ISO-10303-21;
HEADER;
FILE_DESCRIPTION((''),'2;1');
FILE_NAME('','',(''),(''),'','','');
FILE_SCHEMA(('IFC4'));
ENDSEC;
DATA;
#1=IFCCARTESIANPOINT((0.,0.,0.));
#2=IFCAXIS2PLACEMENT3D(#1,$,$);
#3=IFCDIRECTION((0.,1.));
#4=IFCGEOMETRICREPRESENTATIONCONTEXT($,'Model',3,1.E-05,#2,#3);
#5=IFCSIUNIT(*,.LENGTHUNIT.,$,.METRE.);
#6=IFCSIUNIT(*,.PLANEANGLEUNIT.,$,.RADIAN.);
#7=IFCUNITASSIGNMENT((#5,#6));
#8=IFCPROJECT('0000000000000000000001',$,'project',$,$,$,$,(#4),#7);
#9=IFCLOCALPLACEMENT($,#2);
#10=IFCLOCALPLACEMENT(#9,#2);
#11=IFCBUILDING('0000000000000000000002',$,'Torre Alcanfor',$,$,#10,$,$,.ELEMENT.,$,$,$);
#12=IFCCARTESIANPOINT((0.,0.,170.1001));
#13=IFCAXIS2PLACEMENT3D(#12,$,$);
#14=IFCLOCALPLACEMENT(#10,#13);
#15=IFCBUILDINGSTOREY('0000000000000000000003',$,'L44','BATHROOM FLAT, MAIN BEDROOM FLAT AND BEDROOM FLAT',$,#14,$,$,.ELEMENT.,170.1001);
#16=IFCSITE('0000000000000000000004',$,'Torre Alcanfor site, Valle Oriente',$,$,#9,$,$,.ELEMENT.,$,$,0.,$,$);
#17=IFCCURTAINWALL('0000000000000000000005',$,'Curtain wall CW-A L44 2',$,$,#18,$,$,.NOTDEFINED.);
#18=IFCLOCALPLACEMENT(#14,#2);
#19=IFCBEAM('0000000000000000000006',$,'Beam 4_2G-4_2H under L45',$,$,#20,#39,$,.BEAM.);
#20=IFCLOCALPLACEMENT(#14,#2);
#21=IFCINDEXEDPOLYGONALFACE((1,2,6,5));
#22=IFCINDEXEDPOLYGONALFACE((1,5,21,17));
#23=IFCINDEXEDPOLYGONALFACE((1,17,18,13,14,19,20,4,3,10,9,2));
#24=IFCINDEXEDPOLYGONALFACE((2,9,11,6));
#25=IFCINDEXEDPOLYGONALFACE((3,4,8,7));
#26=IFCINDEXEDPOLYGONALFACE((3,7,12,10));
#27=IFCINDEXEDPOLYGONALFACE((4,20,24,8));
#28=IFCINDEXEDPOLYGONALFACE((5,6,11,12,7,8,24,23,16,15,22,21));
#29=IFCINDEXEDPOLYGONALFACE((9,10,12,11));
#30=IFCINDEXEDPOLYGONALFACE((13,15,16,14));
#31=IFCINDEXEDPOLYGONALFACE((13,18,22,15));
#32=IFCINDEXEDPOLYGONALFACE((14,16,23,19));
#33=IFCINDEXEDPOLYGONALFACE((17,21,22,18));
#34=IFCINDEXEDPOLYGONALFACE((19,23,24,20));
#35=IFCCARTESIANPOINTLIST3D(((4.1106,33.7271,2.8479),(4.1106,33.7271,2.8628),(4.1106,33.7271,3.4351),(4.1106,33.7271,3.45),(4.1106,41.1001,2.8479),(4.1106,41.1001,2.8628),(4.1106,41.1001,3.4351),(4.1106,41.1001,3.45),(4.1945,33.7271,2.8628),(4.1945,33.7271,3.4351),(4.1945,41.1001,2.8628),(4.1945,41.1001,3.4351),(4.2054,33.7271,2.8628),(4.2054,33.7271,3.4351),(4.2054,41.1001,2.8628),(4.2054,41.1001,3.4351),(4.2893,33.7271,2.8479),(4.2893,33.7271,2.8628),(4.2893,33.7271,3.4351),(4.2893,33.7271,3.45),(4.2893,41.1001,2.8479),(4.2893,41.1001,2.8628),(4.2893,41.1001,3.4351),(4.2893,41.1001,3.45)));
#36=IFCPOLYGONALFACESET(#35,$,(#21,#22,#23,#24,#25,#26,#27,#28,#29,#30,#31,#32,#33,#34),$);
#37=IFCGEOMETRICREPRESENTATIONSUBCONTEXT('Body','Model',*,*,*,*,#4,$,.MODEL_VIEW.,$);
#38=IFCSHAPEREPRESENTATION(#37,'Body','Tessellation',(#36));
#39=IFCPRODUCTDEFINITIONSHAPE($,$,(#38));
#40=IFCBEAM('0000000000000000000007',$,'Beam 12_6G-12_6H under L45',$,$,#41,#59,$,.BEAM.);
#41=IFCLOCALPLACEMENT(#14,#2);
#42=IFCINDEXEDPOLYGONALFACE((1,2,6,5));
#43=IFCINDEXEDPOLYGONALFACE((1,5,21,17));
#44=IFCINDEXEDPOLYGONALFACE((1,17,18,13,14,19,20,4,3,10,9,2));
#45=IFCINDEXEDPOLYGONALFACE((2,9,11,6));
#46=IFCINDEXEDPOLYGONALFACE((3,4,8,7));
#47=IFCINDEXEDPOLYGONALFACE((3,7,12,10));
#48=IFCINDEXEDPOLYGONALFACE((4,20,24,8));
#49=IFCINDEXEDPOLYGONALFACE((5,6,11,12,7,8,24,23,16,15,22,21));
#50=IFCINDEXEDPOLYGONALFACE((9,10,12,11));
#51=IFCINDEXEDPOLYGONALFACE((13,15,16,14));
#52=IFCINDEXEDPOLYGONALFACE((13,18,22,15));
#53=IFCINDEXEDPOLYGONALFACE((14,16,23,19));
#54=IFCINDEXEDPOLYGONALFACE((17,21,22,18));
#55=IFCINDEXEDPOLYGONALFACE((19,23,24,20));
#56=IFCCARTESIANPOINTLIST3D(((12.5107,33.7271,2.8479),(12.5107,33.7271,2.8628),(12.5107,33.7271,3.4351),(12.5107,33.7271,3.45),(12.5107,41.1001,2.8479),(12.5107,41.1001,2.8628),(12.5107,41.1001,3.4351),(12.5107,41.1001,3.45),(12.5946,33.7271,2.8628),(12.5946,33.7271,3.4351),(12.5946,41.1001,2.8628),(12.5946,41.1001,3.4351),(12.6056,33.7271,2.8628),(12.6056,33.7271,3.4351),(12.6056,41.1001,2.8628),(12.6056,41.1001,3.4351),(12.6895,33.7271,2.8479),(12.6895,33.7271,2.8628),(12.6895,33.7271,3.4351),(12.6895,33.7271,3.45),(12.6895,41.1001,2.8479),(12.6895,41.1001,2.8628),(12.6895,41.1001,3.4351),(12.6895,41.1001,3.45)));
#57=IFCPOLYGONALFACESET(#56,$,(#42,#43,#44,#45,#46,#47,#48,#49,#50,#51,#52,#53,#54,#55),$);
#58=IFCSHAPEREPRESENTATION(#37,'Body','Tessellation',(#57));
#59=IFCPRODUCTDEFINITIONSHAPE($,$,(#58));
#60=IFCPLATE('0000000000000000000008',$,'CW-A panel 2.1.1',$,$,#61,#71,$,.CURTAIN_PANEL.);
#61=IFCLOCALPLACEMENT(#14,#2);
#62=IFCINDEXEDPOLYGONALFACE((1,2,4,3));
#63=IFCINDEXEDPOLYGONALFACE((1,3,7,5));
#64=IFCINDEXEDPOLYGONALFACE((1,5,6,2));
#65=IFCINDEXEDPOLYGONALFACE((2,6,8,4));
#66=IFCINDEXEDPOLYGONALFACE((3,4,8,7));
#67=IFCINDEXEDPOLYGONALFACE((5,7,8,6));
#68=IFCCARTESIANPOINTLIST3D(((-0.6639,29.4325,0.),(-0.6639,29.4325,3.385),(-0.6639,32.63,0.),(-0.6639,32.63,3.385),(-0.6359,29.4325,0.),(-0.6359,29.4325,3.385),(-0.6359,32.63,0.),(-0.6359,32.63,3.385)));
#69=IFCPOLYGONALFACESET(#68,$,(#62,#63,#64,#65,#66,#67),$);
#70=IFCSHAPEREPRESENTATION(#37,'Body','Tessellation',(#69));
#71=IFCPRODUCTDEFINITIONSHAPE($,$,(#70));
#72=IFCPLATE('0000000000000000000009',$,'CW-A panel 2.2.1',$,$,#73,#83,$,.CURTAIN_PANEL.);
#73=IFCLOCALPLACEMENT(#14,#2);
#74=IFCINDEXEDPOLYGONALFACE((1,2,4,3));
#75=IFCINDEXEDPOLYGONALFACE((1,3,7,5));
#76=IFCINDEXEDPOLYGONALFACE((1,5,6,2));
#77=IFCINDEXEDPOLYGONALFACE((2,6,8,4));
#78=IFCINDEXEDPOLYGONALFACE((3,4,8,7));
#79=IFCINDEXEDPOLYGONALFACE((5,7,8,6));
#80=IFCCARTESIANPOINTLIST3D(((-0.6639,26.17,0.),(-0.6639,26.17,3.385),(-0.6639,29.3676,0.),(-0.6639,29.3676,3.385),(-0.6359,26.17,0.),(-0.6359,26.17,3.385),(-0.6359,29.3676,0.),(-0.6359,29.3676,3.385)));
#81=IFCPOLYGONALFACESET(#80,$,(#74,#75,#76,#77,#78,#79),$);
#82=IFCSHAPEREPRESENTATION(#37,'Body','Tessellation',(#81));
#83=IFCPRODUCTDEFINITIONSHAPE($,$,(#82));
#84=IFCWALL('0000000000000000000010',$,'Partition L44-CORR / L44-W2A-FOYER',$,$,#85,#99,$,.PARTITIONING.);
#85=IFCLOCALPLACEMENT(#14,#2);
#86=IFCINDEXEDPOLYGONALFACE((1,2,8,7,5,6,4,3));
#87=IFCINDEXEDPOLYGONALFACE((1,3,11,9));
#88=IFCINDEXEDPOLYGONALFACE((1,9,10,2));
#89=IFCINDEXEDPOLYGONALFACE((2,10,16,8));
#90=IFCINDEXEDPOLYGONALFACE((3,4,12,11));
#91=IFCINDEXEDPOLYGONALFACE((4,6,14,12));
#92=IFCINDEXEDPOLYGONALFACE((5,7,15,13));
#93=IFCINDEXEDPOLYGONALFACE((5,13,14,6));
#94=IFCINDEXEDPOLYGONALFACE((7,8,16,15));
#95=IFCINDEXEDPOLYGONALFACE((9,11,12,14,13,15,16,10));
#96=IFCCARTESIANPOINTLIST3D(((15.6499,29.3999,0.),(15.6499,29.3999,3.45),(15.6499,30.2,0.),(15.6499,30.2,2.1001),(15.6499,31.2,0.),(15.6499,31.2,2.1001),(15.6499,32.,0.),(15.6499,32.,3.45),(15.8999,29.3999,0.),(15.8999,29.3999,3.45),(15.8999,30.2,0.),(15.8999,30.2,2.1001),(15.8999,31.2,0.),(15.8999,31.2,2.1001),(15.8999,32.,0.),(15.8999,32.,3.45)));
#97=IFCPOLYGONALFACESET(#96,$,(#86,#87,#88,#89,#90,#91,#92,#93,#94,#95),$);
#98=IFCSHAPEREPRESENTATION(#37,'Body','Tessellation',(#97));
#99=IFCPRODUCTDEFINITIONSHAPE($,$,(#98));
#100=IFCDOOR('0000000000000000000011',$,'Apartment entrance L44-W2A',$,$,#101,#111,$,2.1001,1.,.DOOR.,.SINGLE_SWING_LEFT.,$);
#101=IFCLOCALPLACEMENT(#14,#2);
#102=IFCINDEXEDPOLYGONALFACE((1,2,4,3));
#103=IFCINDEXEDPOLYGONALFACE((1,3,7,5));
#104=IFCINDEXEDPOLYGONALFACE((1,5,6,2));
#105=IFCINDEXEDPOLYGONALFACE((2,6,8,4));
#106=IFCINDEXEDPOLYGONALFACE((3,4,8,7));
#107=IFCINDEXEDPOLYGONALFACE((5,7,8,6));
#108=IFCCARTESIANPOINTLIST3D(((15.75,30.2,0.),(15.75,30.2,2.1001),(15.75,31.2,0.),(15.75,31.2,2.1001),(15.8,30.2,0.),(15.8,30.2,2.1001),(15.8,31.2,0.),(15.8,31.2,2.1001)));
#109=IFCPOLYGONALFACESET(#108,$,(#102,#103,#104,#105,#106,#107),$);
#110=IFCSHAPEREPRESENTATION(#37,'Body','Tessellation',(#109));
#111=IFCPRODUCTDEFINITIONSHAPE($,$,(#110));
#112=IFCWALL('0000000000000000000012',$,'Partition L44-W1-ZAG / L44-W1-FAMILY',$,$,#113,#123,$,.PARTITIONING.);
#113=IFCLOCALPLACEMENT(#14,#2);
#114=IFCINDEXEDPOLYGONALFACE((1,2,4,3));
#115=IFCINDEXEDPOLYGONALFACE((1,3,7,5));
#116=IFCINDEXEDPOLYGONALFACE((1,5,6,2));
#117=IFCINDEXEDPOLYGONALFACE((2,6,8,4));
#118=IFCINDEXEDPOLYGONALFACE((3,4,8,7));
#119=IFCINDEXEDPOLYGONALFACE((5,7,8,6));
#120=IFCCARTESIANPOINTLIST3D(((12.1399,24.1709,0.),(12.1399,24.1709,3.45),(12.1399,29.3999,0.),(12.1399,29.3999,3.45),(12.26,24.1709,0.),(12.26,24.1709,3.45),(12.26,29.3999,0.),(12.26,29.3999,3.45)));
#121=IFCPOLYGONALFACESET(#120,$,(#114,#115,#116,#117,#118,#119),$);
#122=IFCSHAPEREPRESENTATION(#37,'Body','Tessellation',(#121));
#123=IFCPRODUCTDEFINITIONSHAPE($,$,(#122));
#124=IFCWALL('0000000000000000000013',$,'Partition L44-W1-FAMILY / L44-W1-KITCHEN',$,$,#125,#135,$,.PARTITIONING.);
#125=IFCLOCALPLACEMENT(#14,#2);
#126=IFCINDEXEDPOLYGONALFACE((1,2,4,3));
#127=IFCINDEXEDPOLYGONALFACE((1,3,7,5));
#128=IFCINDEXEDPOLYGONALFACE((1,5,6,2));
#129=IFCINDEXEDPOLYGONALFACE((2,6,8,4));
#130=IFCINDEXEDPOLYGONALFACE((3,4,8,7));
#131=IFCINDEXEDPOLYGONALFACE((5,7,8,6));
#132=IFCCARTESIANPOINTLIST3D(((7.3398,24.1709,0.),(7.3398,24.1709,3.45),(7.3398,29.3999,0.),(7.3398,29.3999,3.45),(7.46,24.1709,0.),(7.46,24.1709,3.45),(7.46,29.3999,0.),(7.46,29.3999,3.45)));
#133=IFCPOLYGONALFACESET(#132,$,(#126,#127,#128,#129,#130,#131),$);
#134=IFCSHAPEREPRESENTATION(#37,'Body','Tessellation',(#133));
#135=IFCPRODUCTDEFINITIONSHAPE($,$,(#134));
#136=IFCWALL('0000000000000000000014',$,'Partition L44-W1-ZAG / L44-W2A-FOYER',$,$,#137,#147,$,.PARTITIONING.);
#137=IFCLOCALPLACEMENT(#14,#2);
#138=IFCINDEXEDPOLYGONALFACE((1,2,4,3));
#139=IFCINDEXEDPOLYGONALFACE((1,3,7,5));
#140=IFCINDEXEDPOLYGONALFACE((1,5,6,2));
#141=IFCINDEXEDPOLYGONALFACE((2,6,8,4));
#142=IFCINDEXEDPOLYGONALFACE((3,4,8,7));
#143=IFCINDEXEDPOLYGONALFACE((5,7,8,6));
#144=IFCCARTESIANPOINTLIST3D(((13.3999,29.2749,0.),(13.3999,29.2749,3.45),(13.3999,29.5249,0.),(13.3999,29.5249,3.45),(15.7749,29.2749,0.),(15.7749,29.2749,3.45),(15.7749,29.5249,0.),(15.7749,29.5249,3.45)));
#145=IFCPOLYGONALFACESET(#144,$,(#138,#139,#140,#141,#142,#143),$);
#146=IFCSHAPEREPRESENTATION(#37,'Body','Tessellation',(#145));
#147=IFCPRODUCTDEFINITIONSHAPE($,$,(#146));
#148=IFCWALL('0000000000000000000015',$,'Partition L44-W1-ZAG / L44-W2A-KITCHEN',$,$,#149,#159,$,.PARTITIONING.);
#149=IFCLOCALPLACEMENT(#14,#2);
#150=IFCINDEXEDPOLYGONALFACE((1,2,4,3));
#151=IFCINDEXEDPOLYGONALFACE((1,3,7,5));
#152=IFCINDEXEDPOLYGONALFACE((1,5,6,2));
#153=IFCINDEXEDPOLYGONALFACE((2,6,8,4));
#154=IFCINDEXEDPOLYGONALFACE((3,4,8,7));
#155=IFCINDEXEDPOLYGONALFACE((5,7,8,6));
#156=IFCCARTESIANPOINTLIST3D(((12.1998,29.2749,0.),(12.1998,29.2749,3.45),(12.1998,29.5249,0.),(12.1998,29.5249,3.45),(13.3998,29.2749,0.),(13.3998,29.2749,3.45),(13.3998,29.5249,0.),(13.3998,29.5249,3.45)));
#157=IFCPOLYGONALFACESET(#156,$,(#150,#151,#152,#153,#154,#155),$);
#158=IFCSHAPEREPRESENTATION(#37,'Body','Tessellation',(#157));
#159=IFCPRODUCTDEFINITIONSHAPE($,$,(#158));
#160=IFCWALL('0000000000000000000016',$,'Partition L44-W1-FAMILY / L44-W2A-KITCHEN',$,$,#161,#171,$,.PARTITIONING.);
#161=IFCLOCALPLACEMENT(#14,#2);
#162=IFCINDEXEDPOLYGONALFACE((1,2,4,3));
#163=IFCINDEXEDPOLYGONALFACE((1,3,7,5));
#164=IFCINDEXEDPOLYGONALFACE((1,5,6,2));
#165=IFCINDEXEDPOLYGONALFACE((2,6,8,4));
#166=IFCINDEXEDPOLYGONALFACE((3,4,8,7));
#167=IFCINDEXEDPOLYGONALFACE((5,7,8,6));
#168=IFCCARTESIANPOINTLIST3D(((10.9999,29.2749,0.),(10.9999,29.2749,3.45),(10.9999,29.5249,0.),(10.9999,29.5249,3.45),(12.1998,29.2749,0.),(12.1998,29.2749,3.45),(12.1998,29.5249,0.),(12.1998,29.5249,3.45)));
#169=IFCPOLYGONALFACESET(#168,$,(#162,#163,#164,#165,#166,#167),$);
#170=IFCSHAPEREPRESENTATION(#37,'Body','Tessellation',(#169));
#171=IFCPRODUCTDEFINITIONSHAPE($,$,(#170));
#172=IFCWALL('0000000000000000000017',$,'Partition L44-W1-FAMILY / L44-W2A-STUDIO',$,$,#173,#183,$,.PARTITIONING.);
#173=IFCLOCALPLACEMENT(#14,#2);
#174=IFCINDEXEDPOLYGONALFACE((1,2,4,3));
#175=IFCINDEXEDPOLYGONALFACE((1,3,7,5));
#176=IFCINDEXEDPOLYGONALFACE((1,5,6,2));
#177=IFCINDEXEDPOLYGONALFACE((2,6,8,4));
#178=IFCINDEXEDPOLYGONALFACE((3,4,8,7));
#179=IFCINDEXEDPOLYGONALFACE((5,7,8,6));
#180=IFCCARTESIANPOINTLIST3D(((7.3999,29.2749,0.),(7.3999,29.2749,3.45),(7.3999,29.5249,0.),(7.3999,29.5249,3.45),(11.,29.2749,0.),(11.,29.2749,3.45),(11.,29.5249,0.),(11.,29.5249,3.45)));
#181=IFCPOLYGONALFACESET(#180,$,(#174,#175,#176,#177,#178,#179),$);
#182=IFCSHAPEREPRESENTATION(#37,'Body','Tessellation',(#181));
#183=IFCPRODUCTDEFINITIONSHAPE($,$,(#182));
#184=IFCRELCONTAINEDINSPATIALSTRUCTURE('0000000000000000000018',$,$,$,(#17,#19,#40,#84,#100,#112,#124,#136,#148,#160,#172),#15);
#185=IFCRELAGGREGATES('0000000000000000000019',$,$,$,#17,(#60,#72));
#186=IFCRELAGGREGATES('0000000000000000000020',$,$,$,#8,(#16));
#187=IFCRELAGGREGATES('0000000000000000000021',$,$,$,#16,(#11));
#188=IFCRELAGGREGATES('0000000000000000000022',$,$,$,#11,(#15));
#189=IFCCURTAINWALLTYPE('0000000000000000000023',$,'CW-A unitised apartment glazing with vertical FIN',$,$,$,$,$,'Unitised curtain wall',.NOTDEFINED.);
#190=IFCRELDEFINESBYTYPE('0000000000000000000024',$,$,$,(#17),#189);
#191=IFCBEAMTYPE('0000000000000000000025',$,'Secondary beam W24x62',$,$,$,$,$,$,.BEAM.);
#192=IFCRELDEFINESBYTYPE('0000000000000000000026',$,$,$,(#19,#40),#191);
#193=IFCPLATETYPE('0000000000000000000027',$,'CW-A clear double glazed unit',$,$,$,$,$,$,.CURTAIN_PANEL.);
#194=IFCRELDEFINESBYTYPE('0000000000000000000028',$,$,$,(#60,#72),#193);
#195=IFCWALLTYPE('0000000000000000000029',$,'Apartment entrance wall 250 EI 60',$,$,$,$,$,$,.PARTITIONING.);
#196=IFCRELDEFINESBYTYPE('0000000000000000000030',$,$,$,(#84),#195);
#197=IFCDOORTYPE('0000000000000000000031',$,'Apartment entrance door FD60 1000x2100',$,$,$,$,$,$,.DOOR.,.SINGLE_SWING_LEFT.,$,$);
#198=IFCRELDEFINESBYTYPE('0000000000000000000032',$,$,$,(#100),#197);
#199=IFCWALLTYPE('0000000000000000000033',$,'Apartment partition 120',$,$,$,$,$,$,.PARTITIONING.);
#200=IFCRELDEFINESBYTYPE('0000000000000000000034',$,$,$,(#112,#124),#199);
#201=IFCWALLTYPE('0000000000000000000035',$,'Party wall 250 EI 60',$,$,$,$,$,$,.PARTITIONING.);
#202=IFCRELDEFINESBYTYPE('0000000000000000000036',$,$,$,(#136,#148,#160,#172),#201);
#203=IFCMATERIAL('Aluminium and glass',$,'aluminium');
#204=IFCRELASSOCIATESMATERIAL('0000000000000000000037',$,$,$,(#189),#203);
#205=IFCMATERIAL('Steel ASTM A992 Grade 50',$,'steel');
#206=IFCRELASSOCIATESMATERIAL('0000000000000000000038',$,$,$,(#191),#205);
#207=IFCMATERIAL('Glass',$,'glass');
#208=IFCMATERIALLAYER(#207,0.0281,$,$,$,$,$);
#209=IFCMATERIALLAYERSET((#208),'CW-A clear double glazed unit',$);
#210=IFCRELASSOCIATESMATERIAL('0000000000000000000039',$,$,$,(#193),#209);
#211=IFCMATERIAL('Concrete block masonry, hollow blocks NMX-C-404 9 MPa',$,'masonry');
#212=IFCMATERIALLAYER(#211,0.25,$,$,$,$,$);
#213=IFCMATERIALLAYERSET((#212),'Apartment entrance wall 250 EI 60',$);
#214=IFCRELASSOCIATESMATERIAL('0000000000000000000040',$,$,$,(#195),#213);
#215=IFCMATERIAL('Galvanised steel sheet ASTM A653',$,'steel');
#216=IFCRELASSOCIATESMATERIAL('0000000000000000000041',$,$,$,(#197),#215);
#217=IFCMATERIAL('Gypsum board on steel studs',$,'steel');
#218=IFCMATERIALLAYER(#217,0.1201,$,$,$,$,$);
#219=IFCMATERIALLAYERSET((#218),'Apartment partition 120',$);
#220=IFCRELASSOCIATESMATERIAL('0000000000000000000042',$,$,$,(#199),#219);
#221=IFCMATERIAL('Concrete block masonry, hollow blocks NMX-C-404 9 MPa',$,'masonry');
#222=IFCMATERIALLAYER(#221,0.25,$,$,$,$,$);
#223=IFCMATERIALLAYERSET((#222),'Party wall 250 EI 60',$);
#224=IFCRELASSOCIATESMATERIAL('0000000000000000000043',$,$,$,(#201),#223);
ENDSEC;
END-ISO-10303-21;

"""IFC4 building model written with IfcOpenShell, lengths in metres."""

from ifc_helpers import new_model, si_unit, direction, frame, frame_2d, origin, origin_2d, place, context, subcontext, project, spatial, rectangle, i_section, extrude, material, layer, layer_set, material_profile, profile_set, type_object, element, fill, aggregate, save


model = new_model("IFC4")

# Units and contexts
model_context = context("Model", 3, precision=1e-05, world=origin(), true_north=direction((0.0, 1.0)))
body_context = subcontext(model_context, "Body", "Model", "MODEL_VIEW")
ifc_project = project(units=[si_unit("LENGTHUNIT", "METRE"), si_unit("PLANEANGLEUNIT", "RADIAN")], contexts=[model_context])

# Site, building, storey
site_placement = place(None, origin())
site = spatial("IfcSite", under=ifc_project, at=site_placement, Name="Torre Alcanfor site, Valle Oriente", CompositionType="ELEMENT", RefElevation=0.0)
building_placement = place(site_placement, origin())
building = spatial("IfcBuilding", under=site, at=building_placement, Name="Torre Alcanfor", CompositionType="ELEMENT")
storey_placement = place(building_placement, frame((0.0, 0.0, 170.1001)))
storey = spatial("IfcBuildingStorey", under=building, at=storey_placement, Name="L44", Description="BATHROOM FLAT, MAIN BEDROOM FLAT AND BEDROOM FLAT", CompositionType="ELEMENT", Elevation=170.1001)

# Curtain wall
ifc_material_1 = material(Name="Aluminium and glass", Category="aluminium")
curtain_wall_type = type_object("IfcCurtainWallType", Name="CW-A unitised apartment glazing with vertical FIN", ElementType="Unitised curtain wall", PredefinedType="NOTDEFINED", material=ifc_material_1)
curtain_wall_placement = place(storey_placement, origin())
curtain_wall = element("IfcCurtainWall", 1, at=curtain_wall_placement, inside=storey, type_object=curtain_wall_type, Name="Curtain wall CW-A L44 2", PredefinedType="NOTDEFINED")

# Beams
ifc_material_2 = material(Name="Steel ASTM A992 Grade 50", Category="steel")
ifc_material_profile_1 = material_profile(ifc_material_2, i_section(OverallWidth=0.1787, OverallDepth=0.6021, WebThickness=0.011, FlangeThickness=0.0149, at=origin_2d()), Name="W24x62")
ifc_profile_set_1 = profile_set([ifc_material_profile_1], Name="Steel ASTM A992 Grade 50")
beam_type_1 = type_object("IfcBeamType", Name="Secondary beam W24x62", PredefinedType="BEAM", material=ifc_profile_set_1)
for number, where, z_axis, x_axis, name in (
    (2, (4.2, 33.7271, 3.1489), (0.0, 1.0, 0.0), (-1.0, 0.0, 0.0), "Beam 4_2G-4_2H under L45"),
    (3, (12.6001, 33.7271, 3.1489), (0.0, 1.0, 0.0), (-1.0, 0.0, 0.0), "Beam 12_6G-12_6H under L45"),
):
    element("IfcBeam", number, at=place(storey_placement, frame(where, z_axis=z_axis, x_axis=x_axis)), inside=storey, type_object=beam_type_1, Name=name, PredefinedType="BEAM", context=body_context, shape_type="SweptSolid", body=[
        extrude(i_section(OverallWidth=0.1787, OverallDepth=0.6021, WebThickness=0.011, FlangeThickness=0.0149, at=origin_2d()), origin(), (0.0, 0.0, 1.0), 7.373),
    ])

# Plates
ifc_material_3 = material(Name="Glass", Category="glass")
ifc_layer_1 = layer(ifc_material_3, 0.0281)
ifc_layer_set_1 = layer_set([ifc_layer_1], Name="CW-A clear double glazed unit")
plate_type = type_object("IfcPlateType", Name="CW-A clear double glazed unit", PredefinedType="CURTAIN_PANEL", material=ifc_layer_set_1)
plate_1_placement = place(storey_placement, frame((-0.6499, 31.0312, 0.0), z_axis=(0.0, 0.0, 1.0), x_axis=(0.0, -1.0, 0.0)))
plate_1 = element("IfcPlate", 4, at=plate_1_placement, type_object=plate_type, Name="CW-A panel 2.1.1", PredefinedType="CURTAIN_PANEL", context=body_context, shape_type="SweptSolid", body=[
    extrude(rectangle(XDim=3.1975, YDim=0.0281, at=origin_2d()), origin(), (0.0, 0.0, 1.0), 3.385),
])
plate_2_placement = place(storey_placement, frame((-0.6499, 27.7688, 0.0), z_axis=(0.0, 0.0, 1.0), x_axis=(0.0, -1.0, 0.0)))
plate_2 = element("IfcPlate", 5, at=plate_2_placement, type_object=plate_type, Name="CW-A panel 2.2.1", PredefinedType="CURTAIN_PANEL", context=body_context, shape_type="SweptSolid", body=[
    extrude(rectangle(XDim=3.1975, YDim=0.0281, at=origin_2d()), origin(), (0.0, 0.0, 1.0), 3.385),
])
aggregate(curtain_wall, [plate_1, plate_2])

# Wall, opening, door
ifc_material_4 = material(Name="Concrete block masonry, hollow blocks NMX-C-404 9 MPa", Category="masonry")
ifc_layer_2 = layer(ifc_material_4, 0.25)
ifc_layer_set_2 = layer_set([ifc_layer_2], Name="Apartment entrance wall 250 EI 60")
wall_type_1 = type_object("IfcWallType", Name="Apartment entrance wall 250 EI 60", PredefinedType="PARTITIONING", material=ifc_layer_set_2)
wall_1_placement = place(storey_placement, frame((15.7749, 29.3999, 0.0), z_axis=(0.0, 0.0, 1.0), x_axis=(0.0, 1.0, 0.0)))
wall_1 = element("IfcWall", 6, at=wall_1_placement, inside=storey, type_object=wall_type_1, Name="Partition L44-CORR / L44-W2A-FOYER", PredefinedType="PARTITIONING", context=body_context, shape_type="SweptSolid", body=[
    extrude(rectangle(XDim=2.6001, YDim=0.25, at=frame_2d((1.3, 0.0))), origin(), (0.0, 0.0, 1.0), 3.45),
])
opening_1_placement = place(wall_1_placement, frame((0.8, 0.0, 0.0)))
opening_1 = element("IfcOpeningElement", 7, at=opening_1_placement, cuts=wall_1, PredefinedType="OPENING", context=body_context, shape_type="SweptSolid", body=[
    extrude(rectangle(XDim=1.0, YDim=2.1001, at=frame_2d((0.5, 1.05))), frame((0.0, 0.135, 0.0), z_axis=(0.0, -1.0, 0.0), x_axis=(1.0, 0.0, 0.0)), (0.0, 0.0, 1.0), 0.27),
])
ifc_material_5 = material(Name="Galvanised steel sheet ASTM A653", Category="steel")
door_type_1 = type_object("IfcDoorType", Name="Apartment entrance door FD60 1000x2100", OperationType="SINGLE_SWING_LEFT", PredefinedType="DOOR", material=ifc_material_5)
door_1_placement = place(opening_1_placement, origin())
door_1 = element("IfcDoor", 8, at=door_1_placement, inside=storey, type_object=door_type_1, Name="Apartment entrance L44-W2A", OperationType="SINGLE_SWING_LEFT", OverallHeight=2.1001, OverallWidth=1.0, PredefinedType="DOOR", context=body_context, shape_type="SweptSolid", body=[
    extrude(rectangle(XDim=1.0, YDim=2.1001, at=frame_2d((0.5, 1.05))), frame((0.0, 0.0249, 0.0), z_axis=(0.0, -1.0, 0.0), x_axis=(1.0, 0.0, 0.0)), (0.0, 0.0, 1.0), 0.05),
])
fill(opening_1, door_1)

# Walls
ifc_material_6 = material(Name="Gypsum board on steel studs", Category="steel")
ifc_layer_3 = layer(ifc_material_6, 0.1201)
ifc_layer_set_3 = layer_set([ifc_layer_3], Name="Apartment partition 120")
wall_type_2 = type_object("IfcWallType", Name="Apartment partition 120", PredefinedType="PARTITIONING", material=ifc_layer_set_3)
for number, where, z_axis, x_axis, name in (
    (9, (12.2, 29.3999, 0.0), (0.0, 0.0, 1.0), (0.0, -1.0, 0.0), "Partition L44-W1-ZAG / L44-W1-FAMILY"),
    (10, (7.3999, 29.3999, 0.0), (0.0, 0.0, 1.0), (0.0, -1.0, 0.0), "Partition L44-W1-FAMILY / L44-W1-KITCHEN"),
):
    element("IfcWall", number, at=place(storey_placement, frame(where, z_axis=z_axis, x_axis=x_axis)), inside=storey, type_object=wall_type_2, Name=name, PredefinedType="PARTITIONING", context=body_context, shape_type="SweptSolid", body=[
        extrude(rectangle(XDim=5.229, YDim=0.1201, at=frame_2d((2.6145, 0.0))), origin(), (0.0, 0.0, 1.0), 3.45),
    ])
ifc_material_7 = material(Name="Concrete block masonry, hollow blocks NMX-C-404 9 MPa", Category="masonry")
ifc_layer_4 = layer(ifc_material_7, 0.25)
ifc_layer_set_4 = layer_set([ifc_layer_4], Name="Party wall 250 EI 60")
wall_type_3 = type_object("IfcWallType", Name="Party wall 250 EI 60", PredefinedType="PARTITIONING", material=ifc_layer_set_4)
wall_2_placement = place(storey_placement, frame((15.7749, 29.3999, 0.0), z_axis=(0.0, 0.0, 1.0), x_axis=(-1.0, 0.0, 0.0)))
element("IfcWall", 11, at=wall_2_placement, inside=storey, type_object=wall_type_3, Name="Partition L44-W1-ZAG / L44-W2A-FOYER", PredefinedType="PARTITIONING", context=body_context, shape_type="SweptSolid", body=[
    extrude(rectangle(XDim=2.375, YDim=0.25, at=frame_2d((1.1875, 0.0))), origin(), (0.0, 0.0, 1.0), 3.45),
])
for number, where, z_axis, x_axis, name in (
    (12, (13.3999, 29.3999, 0.0), (0.0, 0.0, 1.0), (-1.0, 0.0, 0.0), "Partition L44-W1-ZAG / L44-W2A-KITCHEN"),
    (13, (12.2, 29.3999, 0.0), (0.0, 0.0, 1.0), (-1.0, 0.0, 0.0), "Partition L44-W1-FAMILY / L44-W2A-KITCHEN"),
):
    element("IfcWall", number, at=place(storey_placement, frame(where, z_axis=z_axis, x_axis=x_axis)), inside=storey, type_object=wall_type_3, Name=name, PredefinedType="PARTITIONING", context=body_context, shape_type="SweptSolid", body=[
        extrude(rectangle(XDim=1.2, YDim=0.25, at=frame_2d((0.6001, 0.0))), origin(), (0.0, 0.0, 1.0), 3.45),
    ])
wall_3_placement = place(storey_placement, frame((11.0, 29.3999, 0.0), z_axis=(0.0, 0.0, 1.0), x_axis=(-1.0, 0.0, 0.0)))
element("IfcWall", 14, at=wall_3_placement, inside=storey, type_object=wall_type_3, Name="Partition L44-W1-FAMILY / L44-W2A-STUDIO", PredefinedType="PARTITIONING", context=body_context, shape_type="SweptSolid", body=[
    extrude(rectangle(XDim=3.6001, YDim=0.25, at=frame_2d((1.8, 0.0))), origin(), (0.0, 0.0, 1.0), 3.45),
])

save(model, "model.ifc")
